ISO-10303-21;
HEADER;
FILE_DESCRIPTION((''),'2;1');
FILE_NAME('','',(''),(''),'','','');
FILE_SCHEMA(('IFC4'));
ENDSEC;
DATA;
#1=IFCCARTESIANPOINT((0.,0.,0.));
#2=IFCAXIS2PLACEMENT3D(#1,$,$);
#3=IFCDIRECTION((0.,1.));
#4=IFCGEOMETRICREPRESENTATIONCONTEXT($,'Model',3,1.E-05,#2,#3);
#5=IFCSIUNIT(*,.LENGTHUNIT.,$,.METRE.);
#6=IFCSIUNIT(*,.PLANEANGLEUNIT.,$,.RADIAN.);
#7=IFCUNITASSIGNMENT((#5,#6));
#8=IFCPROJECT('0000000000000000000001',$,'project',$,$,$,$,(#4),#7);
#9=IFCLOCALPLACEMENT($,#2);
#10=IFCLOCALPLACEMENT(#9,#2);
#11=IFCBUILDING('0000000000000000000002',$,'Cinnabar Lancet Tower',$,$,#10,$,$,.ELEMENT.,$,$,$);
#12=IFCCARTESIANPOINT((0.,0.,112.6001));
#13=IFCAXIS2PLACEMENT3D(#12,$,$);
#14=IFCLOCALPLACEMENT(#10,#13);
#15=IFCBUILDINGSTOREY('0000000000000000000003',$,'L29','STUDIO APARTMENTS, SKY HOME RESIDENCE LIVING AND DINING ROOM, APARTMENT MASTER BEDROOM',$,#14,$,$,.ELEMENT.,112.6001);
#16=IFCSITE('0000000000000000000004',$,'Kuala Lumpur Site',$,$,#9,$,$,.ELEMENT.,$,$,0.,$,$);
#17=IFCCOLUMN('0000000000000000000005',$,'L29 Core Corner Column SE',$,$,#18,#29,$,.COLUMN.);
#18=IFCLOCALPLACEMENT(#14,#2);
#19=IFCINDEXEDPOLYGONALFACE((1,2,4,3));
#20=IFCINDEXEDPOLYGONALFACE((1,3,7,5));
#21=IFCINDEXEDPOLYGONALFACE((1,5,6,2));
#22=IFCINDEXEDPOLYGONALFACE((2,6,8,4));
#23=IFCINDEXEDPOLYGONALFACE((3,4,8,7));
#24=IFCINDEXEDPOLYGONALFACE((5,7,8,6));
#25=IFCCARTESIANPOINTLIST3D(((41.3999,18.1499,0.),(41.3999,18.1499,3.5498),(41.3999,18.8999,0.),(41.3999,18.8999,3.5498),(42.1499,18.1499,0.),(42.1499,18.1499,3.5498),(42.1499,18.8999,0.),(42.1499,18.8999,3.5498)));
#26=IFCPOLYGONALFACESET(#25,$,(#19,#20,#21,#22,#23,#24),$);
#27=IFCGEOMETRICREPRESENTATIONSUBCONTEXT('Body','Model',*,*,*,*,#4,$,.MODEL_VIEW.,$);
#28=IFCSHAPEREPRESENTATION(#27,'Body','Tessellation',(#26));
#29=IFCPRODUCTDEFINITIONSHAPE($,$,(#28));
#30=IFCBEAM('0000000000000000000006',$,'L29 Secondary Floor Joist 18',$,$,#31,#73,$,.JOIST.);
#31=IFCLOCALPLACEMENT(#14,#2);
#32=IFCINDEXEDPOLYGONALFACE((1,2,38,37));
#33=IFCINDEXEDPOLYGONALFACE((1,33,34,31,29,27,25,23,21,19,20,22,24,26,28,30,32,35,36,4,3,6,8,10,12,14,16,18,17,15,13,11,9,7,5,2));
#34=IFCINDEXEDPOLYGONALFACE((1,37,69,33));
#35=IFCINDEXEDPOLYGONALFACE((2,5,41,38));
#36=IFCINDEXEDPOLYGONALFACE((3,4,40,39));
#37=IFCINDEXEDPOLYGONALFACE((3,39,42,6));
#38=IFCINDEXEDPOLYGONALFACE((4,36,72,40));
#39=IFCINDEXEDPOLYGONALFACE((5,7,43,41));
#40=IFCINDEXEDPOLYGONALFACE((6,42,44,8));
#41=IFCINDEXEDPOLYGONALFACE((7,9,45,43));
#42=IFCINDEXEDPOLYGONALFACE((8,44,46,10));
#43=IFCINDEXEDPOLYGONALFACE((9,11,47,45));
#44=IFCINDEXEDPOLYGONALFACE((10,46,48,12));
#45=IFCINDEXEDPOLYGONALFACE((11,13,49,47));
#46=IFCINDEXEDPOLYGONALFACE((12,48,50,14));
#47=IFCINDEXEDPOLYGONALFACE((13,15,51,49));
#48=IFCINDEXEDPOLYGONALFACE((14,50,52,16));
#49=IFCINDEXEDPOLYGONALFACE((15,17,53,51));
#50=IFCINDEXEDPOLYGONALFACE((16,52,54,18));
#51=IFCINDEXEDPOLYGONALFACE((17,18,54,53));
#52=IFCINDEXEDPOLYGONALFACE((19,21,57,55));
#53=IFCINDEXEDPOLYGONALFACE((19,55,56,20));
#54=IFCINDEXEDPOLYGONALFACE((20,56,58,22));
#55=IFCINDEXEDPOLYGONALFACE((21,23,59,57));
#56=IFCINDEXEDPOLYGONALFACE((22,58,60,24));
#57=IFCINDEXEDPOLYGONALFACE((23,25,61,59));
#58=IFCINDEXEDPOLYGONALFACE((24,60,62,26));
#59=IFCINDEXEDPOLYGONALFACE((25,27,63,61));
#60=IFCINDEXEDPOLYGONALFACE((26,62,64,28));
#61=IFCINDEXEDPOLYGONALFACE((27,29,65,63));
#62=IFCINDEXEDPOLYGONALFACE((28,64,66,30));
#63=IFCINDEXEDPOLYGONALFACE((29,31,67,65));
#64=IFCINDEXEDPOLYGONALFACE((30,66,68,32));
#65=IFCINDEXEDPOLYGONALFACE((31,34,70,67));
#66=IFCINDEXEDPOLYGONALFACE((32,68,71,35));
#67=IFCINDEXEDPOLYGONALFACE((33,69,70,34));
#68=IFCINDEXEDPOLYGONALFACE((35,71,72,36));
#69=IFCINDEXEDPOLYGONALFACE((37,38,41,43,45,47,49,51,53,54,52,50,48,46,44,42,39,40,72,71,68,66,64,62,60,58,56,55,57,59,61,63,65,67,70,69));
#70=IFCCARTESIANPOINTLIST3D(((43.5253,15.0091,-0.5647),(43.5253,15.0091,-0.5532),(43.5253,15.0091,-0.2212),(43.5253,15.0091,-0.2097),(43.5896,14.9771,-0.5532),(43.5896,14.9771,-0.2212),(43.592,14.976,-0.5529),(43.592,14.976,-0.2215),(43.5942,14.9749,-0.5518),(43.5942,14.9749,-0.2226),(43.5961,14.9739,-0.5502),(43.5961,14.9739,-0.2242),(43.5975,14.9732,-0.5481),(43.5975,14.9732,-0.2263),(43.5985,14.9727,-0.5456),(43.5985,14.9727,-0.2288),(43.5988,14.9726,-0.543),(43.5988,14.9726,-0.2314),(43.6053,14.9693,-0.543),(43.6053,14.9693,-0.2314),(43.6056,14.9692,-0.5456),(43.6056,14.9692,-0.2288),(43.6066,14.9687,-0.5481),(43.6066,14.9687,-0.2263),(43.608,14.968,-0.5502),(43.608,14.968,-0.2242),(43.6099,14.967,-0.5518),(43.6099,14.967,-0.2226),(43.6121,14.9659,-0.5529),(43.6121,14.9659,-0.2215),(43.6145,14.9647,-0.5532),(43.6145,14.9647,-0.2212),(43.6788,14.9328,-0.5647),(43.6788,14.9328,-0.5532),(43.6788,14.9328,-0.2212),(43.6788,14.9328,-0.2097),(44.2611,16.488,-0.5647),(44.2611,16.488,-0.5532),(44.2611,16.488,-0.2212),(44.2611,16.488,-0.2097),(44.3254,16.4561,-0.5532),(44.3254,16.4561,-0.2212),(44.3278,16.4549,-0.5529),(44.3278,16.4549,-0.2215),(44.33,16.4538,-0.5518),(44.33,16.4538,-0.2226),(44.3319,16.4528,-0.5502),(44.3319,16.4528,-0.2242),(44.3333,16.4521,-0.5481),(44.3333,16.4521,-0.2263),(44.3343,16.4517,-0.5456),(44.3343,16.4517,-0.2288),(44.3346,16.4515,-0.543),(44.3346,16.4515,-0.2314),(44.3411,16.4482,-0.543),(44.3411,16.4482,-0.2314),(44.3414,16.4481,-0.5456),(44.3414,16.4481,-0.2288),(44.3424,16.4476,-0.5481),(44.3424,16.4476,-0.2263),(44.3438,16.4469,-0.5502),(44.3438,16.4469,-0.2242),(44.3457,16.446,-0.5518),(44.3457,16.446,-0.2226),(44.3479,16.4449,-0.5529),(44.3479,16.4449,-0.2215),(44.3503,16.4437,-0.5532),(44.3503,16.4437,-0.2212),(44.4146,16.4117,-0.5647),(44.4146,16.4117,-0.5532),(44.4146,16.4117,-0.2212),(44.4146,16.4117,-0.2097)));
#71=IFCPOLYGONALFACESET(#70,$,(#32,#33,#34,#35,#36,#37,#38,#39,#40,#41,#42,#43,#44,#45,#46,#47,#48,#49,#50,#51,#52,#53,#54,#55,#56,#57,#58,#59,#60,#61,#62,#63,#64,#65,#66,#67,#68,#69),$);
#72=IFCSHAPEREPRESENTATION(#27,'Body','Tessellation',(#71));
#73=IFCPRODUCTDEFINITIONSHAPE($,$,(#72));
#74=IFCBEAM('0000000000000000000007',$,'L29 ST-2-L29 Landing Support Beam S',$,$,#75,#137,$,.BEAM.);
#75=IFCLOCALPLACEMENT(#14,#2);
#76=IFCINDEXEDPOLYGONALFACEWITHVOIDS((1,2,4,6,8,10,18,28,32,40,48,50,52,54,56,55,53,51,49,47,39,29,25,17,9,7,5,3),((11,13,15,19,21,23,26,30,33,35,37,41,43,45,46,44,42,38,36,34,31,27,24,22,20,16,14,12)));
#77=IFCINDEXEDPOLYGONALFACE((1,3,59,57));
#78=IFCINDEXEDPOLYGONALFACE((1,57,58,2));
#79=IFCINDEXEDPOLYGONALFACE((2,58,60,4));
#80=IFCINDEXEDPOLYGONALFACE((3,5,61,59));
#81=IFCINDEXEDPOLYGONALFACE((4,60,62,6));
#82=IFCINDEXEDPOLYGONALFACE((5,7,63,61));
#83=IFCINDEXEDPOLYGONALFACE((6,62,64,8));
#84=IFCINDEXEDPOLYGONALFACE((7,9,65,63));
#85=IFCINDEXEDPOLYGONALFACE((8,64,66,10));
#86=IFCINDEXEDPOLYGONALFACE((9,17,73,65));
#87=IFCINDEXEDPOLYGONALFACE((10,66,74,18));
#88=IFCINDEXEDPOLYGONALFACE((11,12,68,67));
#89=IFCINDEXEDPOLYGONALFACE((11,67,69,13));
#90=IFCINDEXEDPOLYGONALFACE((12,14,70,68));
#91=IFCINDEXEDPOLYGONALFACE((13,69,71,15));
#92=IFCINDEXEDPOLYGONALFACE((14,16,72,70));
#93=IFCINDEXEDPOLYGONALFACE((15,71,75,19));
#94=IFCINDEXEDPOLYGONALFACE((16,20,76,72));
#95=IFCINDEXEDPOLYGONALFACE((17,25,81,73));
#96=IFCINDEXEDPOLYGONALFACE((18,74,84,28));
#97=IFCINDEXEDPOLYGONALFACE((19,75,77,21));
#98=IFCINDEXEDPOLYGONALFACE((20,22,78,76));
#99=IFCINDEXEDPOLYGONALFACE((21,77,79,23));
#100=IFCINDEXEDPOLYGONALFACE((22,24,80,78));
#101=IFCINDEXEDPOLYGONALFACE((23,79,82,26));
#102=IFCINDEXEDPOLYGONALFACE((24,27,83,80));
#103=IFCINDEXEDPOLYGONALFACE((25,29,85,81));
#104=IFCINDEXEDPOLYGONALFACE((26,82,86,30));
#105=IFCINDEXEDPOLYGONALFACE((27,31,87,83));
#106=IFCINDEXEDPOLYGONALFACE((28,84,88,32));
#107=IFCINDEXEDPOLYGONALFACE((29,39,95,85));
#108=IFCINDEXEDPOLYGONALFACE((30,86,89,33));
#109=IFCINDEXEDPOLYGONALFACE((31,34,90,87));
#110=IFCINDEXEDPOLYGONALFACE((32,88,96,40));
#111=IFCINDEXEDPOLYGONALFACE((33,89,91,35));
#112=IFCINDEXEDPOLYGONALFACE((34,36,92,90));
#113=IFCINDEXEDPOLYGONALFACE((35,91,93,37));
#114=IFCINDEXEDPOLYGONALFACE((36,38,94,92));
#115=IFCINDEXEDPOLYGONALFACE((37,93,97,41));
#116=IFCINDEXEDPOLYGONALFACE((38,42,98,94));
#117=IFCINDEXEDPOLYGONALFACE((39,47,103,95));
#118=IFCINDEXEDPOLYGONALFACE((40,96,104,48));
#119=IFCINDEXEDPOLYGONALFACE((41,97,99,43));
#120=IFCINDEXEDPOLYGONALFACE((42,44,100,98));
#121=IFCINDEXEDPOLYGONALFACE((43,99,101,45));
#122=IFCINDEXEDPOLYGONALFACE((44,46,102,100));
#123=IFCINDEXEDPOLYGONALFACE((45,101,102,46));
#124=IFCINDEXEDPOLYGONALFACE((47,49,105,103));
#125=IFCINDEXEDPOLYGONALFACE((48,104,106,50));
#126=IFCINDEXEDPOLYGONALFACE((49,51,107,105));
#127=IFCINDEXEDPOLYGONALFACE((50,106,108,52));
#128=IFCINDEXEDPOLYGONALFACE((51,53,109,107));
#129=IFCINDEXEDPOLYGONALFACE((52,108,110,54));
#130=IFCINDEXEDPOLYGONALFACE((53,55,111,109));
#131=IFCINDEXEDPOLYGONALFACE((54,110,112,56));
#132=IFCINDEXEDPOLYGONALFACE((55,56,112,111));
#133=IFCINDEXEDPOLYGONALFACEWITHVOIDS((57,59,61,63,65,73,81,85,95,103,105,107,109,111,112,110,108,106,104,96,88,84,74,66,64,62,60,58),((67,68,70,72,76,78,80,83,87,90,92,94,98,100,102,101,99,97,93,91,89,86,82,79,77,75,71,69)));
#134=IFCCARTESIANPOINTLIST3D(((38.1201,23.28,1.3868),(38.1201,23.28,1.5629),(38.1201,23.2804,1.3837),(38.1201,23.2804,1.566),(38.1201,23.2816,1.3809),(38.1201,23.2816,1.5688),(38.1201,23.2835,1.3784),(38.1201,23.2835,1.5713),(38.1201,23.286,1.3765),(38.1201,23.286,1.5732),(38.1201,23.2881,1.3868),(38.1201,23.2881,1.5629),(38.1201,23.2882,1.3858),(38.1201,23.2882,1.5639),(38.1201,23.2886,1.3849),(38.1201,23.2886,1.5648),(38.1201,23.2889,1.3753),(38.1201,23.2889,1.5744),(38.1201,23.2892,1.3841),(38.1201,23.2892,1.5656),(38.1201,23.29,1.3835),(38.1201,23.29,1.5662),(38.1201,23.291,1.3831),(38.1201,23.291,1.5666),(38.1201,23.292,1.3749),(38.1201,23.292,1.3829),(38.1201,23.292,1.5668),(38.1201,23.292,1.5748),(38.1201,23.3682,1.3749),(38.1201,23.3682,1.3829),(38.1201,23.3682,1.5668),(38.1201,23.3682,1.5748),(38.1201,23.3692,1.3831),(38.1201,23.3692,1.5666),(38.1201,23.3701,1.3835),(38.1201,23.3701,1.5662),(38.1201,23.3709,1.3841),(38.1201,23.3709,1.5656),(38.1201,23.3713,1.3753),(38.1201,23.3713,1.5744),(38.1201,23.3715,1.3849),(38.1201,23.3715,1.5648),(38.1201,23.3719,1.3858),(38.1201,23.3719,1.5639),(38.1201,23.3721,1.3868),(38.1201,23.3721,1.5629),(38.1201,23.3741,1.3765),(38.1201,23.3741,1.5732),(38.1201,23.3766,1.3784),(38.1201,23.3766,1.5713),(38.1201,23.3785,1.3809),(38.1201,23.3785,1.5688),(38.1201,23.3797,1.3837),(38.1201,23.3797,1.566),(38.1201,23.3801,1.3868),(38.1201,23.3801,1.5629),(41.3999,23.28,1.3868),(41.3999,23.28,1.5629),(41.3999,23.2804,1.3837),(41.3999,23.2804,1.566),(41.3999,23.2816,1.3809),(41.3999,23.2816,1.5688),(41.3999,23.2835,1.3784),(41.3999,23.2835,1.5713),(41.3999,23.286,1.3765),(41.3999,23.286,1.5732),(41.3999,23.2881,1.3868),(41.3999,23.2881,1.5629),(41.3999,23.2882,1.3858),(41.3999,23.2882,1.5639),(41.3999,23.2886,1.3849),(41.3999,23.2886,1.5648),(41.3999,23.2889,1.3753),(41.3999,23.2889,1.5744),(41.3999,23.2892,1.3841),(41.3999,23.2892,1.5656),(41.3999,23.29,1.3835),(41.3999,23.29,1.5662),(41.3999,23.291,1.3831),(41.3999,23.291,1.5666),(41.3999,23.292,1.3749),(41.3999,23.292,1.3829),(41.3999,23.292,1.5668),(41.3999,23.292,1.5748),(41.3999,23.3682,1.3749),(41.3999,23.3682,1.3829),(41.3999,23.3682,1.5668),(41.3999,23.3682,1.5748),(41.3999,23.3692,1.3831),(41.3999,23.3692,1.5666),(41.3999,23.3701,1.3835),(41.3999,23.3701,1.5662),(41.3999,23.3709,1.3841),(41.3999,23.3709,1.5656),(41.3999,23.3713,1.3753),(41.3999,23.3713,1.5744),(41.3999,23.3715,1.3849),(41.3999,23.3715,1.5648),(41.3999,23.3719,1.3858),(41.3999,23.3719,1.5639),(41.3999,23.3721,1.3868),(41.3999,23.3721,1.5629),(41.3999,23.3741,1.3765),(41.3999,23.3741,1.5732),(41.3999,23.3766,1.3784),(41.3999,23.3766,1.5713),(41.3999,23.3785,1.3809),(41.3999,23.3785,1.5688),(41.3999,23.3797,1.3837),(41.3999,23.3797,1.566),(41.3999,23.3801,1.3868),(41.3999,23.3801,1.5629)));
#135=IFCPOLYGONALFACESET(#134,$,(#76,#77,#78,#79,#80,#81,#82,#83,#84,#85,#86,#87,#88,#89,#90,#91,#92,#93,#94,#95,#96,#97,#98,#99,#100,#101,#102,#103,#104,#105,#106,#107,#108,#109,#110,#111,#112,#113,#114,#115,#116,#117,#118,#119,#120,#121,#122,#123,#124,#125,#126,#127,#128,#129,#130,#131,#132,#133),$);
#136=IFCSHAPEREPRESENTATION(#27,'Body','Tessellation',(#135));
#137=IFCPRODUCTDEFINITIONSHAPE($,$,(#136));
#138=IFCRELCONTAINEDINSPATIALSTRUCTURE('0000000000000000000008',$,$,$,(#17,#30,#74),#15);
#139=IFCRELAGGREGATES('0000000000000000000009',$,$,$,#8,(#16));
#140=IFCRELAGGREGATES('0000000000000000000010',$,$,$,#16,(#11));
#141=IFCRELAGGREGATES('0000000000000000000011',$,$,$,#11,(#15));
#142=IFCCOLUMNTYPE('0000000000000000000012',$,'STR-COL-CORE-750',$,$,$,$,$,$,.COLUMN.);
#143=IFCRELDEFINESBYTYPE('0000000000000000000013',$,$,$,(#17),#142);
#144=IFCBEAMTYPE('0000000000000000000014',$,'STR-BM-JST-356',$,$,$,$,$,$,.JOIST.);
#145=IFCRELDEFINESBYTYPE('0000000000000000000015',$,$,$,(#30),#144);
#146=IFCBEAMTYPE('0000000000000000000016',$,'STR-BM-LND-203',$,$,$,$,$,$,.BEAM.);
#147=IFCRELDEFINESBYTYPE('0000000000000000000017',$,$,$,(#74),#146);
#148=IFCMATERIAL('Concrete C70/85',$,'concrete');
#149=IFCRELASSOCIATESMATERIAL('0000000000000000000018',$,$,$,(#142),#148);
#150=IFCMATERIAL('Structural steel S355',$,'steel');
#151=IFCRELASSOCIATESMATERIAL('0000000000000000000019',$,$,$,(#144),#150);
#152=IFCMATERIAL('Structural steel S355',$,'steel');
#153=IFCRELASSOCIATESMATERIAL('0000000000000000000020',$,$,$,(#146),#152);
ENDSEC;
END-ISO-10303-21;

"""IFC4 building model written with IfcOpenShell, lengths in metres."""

from ifc_helpers import new_model, si_unit, direction, frame, origin, origin_2d, place, context, subcontext, project, spatial, rectangle, hollow_rectangle, i_section, extrude, material, material_profile, profile_set, type_object, element, save


model = new_model("IFC4")

# Units and contexts
model_context = context("Model", 3, precision=1e-05, world=origin(), true_north=direction((0.0, 1.0)))
body_context = subcontext(model_context, "Body", "Model", "MODEL_VIEW")
ifc_project = project(units=[si_unit("LENGTHUNIT", "METRE"), si_unit("PLANEANGLEUNIT", "RADIAN")], contexts=[model_context])

# Site, building, storey
site_placement = place(None, origin())
site = spatial("IfcSite", under=ifc_project, at=site_placement, Name="Kuala Lumpur Site", CompositionType="ELEMENT", RefElevation=0.0)
building_placement = place(site_placement, origin())
building = spatial("IfcBuilding", under=site, at=building_placement, Name="Cinnabar Lancet Tower", CompositionType="ELEMENT")
storey_placement = place(building_placement, frame((0.0, 0.0, 112.6001)))
storey = spatial("IfcBuildingStorey", under=building, at=storey_placement, Name="L29", Description="STUDIO APARTMENTS, SKY HOME RESIDENCE LIVING AND DINING ROOM, APARTMENT MASTER BEDROOM", CompositionType="ELEMENT", Elevation=112.6001)

# Column
ifc_material_1 = material(Name="Concrete C70/85", Category="concrete")
ifc_material_profile_1 = material_profile(ifc_material_1, rectangle(XDim=0.75, YDim=0.75, at=origin_2d()), Name="RC-COL 750x750")
ifc_profile_set_1 = profile_set([ifc_material_profile_1], Name="Concrete C70/85")
column_type = type_object("IfcColumnType", Name="STR-COL-CORE-750", PredefinedType="COLUMN", material=ifc_profile_set_1)
column_placement = place(storey_placement, frame((41.7749, 18.5249, 0.0), z_axis=(0.0, 0.0, 1.0), x_axis=(1.0, 0.0, 0.0)))
element("IfcColumn", 1, at=column_placement, inside=storey, type_object=column_type, Name="L29 Core Corner Column SE", PredefinedType="COLUMN", context=body_context, shape_type="SweptSolid", body=[
    extrude(rectangle(XDim=0.75, YDim=0.75, at=origin_2d()), origin(), (0.0, 0.0, 1.0), 3.5498),
])

# Beams
ifc_material_2 = material(Name="Structural steel S355", Category="steel")
ifc_material_profile_2 = material_profile(ifc_material_2, i_section(OverallWidth=0.1714, OverallDepth=0.355, WebThickness=0.0073, FlangeThickness=0.0115, FilletRadius=0.0103, at=origin_2d()), Name="UKB 356x171x51")
ifc_profile_set_2 = profile_set([ifc_material_profile_2], Name="Structural steel S355")
beam_type_1 = type_object("IfcBeamType", Name="STR-BM-JST-356", PredefinedType="JOIST", material=ifc_profile_set_2)
beam_1_placement = place(storey_placement, frame((43.6021, 14.9709, -0.3872), z_axis=(0.445439, 0.895312, 0.0), x_axis=(-0.895312, 0.445439, 0.0)))
element("IfcBeam", 2, at=beam_1_placement, inside=storey, type_object=beam_type_1, Name="L29 Secondary Floor Joist 18", PredefinedType="JOIST", context=body_context, shape_type="SweptSolid", body=[
    extrude(i_section(OverallWidth=0.1714, OverallDepth=0.355, WebThickness=0.0073, FlangeThickness=0.0115, FilletRadius=0.0103, at=origin_2d()), origin(), (0.0, 0.0, 1.0), 1.6519),
])
ifc_material_3 = material(Name="Structural steel S355", Category="steel")
ifc_material_profile_3 = material_profile(ifc_material_3, hollow_rectangle(XDim=0.1001, YDim=0.2, WallThickness=0.0081, InnerFilletRadius=0.0039, OuterFilletRadius=0.012, at=origin_2d()), Name="RHS 200x100x8")
ifc_profile_set_3 = profile_set([ifc_material_profile_3], Name="Structural steel S355")
beam_type_2 = type_object("IfcBeamType", Name="STR-BM-LND-203", PredefinedType="BEAM", material=ifc_profile_set_3)
for number, where, z_axis, x_axis, name in (
    (3, (38.1201, 23.3301, 1.4749), (1.0, 0.0, 0.0), (0.0, 1.0, 0.0), "L29 ST-2-L29 Landing Support Beam S"),
):
    element("IfcBeam", number, at=place(storey_placement, frame(where, z_axis=z_axis, x_axis=x_axis)), inside=storey, type_object=beam_type_2, Name=name, PredefinedType="BEAM", context=body_context, shape_type="SweptSolid", body=[
        extrude(hollow_rectangle(XDim=0.1001, YDim=0.2, WallThickness=0.0081, InnerFilletRadius=0.0039, OuterFilletRadius=0.012, at=origin_2d()), origin(), (0.0, 0.0, 1.0), 3.2798),
    ])

save(model, "model.ifc")
